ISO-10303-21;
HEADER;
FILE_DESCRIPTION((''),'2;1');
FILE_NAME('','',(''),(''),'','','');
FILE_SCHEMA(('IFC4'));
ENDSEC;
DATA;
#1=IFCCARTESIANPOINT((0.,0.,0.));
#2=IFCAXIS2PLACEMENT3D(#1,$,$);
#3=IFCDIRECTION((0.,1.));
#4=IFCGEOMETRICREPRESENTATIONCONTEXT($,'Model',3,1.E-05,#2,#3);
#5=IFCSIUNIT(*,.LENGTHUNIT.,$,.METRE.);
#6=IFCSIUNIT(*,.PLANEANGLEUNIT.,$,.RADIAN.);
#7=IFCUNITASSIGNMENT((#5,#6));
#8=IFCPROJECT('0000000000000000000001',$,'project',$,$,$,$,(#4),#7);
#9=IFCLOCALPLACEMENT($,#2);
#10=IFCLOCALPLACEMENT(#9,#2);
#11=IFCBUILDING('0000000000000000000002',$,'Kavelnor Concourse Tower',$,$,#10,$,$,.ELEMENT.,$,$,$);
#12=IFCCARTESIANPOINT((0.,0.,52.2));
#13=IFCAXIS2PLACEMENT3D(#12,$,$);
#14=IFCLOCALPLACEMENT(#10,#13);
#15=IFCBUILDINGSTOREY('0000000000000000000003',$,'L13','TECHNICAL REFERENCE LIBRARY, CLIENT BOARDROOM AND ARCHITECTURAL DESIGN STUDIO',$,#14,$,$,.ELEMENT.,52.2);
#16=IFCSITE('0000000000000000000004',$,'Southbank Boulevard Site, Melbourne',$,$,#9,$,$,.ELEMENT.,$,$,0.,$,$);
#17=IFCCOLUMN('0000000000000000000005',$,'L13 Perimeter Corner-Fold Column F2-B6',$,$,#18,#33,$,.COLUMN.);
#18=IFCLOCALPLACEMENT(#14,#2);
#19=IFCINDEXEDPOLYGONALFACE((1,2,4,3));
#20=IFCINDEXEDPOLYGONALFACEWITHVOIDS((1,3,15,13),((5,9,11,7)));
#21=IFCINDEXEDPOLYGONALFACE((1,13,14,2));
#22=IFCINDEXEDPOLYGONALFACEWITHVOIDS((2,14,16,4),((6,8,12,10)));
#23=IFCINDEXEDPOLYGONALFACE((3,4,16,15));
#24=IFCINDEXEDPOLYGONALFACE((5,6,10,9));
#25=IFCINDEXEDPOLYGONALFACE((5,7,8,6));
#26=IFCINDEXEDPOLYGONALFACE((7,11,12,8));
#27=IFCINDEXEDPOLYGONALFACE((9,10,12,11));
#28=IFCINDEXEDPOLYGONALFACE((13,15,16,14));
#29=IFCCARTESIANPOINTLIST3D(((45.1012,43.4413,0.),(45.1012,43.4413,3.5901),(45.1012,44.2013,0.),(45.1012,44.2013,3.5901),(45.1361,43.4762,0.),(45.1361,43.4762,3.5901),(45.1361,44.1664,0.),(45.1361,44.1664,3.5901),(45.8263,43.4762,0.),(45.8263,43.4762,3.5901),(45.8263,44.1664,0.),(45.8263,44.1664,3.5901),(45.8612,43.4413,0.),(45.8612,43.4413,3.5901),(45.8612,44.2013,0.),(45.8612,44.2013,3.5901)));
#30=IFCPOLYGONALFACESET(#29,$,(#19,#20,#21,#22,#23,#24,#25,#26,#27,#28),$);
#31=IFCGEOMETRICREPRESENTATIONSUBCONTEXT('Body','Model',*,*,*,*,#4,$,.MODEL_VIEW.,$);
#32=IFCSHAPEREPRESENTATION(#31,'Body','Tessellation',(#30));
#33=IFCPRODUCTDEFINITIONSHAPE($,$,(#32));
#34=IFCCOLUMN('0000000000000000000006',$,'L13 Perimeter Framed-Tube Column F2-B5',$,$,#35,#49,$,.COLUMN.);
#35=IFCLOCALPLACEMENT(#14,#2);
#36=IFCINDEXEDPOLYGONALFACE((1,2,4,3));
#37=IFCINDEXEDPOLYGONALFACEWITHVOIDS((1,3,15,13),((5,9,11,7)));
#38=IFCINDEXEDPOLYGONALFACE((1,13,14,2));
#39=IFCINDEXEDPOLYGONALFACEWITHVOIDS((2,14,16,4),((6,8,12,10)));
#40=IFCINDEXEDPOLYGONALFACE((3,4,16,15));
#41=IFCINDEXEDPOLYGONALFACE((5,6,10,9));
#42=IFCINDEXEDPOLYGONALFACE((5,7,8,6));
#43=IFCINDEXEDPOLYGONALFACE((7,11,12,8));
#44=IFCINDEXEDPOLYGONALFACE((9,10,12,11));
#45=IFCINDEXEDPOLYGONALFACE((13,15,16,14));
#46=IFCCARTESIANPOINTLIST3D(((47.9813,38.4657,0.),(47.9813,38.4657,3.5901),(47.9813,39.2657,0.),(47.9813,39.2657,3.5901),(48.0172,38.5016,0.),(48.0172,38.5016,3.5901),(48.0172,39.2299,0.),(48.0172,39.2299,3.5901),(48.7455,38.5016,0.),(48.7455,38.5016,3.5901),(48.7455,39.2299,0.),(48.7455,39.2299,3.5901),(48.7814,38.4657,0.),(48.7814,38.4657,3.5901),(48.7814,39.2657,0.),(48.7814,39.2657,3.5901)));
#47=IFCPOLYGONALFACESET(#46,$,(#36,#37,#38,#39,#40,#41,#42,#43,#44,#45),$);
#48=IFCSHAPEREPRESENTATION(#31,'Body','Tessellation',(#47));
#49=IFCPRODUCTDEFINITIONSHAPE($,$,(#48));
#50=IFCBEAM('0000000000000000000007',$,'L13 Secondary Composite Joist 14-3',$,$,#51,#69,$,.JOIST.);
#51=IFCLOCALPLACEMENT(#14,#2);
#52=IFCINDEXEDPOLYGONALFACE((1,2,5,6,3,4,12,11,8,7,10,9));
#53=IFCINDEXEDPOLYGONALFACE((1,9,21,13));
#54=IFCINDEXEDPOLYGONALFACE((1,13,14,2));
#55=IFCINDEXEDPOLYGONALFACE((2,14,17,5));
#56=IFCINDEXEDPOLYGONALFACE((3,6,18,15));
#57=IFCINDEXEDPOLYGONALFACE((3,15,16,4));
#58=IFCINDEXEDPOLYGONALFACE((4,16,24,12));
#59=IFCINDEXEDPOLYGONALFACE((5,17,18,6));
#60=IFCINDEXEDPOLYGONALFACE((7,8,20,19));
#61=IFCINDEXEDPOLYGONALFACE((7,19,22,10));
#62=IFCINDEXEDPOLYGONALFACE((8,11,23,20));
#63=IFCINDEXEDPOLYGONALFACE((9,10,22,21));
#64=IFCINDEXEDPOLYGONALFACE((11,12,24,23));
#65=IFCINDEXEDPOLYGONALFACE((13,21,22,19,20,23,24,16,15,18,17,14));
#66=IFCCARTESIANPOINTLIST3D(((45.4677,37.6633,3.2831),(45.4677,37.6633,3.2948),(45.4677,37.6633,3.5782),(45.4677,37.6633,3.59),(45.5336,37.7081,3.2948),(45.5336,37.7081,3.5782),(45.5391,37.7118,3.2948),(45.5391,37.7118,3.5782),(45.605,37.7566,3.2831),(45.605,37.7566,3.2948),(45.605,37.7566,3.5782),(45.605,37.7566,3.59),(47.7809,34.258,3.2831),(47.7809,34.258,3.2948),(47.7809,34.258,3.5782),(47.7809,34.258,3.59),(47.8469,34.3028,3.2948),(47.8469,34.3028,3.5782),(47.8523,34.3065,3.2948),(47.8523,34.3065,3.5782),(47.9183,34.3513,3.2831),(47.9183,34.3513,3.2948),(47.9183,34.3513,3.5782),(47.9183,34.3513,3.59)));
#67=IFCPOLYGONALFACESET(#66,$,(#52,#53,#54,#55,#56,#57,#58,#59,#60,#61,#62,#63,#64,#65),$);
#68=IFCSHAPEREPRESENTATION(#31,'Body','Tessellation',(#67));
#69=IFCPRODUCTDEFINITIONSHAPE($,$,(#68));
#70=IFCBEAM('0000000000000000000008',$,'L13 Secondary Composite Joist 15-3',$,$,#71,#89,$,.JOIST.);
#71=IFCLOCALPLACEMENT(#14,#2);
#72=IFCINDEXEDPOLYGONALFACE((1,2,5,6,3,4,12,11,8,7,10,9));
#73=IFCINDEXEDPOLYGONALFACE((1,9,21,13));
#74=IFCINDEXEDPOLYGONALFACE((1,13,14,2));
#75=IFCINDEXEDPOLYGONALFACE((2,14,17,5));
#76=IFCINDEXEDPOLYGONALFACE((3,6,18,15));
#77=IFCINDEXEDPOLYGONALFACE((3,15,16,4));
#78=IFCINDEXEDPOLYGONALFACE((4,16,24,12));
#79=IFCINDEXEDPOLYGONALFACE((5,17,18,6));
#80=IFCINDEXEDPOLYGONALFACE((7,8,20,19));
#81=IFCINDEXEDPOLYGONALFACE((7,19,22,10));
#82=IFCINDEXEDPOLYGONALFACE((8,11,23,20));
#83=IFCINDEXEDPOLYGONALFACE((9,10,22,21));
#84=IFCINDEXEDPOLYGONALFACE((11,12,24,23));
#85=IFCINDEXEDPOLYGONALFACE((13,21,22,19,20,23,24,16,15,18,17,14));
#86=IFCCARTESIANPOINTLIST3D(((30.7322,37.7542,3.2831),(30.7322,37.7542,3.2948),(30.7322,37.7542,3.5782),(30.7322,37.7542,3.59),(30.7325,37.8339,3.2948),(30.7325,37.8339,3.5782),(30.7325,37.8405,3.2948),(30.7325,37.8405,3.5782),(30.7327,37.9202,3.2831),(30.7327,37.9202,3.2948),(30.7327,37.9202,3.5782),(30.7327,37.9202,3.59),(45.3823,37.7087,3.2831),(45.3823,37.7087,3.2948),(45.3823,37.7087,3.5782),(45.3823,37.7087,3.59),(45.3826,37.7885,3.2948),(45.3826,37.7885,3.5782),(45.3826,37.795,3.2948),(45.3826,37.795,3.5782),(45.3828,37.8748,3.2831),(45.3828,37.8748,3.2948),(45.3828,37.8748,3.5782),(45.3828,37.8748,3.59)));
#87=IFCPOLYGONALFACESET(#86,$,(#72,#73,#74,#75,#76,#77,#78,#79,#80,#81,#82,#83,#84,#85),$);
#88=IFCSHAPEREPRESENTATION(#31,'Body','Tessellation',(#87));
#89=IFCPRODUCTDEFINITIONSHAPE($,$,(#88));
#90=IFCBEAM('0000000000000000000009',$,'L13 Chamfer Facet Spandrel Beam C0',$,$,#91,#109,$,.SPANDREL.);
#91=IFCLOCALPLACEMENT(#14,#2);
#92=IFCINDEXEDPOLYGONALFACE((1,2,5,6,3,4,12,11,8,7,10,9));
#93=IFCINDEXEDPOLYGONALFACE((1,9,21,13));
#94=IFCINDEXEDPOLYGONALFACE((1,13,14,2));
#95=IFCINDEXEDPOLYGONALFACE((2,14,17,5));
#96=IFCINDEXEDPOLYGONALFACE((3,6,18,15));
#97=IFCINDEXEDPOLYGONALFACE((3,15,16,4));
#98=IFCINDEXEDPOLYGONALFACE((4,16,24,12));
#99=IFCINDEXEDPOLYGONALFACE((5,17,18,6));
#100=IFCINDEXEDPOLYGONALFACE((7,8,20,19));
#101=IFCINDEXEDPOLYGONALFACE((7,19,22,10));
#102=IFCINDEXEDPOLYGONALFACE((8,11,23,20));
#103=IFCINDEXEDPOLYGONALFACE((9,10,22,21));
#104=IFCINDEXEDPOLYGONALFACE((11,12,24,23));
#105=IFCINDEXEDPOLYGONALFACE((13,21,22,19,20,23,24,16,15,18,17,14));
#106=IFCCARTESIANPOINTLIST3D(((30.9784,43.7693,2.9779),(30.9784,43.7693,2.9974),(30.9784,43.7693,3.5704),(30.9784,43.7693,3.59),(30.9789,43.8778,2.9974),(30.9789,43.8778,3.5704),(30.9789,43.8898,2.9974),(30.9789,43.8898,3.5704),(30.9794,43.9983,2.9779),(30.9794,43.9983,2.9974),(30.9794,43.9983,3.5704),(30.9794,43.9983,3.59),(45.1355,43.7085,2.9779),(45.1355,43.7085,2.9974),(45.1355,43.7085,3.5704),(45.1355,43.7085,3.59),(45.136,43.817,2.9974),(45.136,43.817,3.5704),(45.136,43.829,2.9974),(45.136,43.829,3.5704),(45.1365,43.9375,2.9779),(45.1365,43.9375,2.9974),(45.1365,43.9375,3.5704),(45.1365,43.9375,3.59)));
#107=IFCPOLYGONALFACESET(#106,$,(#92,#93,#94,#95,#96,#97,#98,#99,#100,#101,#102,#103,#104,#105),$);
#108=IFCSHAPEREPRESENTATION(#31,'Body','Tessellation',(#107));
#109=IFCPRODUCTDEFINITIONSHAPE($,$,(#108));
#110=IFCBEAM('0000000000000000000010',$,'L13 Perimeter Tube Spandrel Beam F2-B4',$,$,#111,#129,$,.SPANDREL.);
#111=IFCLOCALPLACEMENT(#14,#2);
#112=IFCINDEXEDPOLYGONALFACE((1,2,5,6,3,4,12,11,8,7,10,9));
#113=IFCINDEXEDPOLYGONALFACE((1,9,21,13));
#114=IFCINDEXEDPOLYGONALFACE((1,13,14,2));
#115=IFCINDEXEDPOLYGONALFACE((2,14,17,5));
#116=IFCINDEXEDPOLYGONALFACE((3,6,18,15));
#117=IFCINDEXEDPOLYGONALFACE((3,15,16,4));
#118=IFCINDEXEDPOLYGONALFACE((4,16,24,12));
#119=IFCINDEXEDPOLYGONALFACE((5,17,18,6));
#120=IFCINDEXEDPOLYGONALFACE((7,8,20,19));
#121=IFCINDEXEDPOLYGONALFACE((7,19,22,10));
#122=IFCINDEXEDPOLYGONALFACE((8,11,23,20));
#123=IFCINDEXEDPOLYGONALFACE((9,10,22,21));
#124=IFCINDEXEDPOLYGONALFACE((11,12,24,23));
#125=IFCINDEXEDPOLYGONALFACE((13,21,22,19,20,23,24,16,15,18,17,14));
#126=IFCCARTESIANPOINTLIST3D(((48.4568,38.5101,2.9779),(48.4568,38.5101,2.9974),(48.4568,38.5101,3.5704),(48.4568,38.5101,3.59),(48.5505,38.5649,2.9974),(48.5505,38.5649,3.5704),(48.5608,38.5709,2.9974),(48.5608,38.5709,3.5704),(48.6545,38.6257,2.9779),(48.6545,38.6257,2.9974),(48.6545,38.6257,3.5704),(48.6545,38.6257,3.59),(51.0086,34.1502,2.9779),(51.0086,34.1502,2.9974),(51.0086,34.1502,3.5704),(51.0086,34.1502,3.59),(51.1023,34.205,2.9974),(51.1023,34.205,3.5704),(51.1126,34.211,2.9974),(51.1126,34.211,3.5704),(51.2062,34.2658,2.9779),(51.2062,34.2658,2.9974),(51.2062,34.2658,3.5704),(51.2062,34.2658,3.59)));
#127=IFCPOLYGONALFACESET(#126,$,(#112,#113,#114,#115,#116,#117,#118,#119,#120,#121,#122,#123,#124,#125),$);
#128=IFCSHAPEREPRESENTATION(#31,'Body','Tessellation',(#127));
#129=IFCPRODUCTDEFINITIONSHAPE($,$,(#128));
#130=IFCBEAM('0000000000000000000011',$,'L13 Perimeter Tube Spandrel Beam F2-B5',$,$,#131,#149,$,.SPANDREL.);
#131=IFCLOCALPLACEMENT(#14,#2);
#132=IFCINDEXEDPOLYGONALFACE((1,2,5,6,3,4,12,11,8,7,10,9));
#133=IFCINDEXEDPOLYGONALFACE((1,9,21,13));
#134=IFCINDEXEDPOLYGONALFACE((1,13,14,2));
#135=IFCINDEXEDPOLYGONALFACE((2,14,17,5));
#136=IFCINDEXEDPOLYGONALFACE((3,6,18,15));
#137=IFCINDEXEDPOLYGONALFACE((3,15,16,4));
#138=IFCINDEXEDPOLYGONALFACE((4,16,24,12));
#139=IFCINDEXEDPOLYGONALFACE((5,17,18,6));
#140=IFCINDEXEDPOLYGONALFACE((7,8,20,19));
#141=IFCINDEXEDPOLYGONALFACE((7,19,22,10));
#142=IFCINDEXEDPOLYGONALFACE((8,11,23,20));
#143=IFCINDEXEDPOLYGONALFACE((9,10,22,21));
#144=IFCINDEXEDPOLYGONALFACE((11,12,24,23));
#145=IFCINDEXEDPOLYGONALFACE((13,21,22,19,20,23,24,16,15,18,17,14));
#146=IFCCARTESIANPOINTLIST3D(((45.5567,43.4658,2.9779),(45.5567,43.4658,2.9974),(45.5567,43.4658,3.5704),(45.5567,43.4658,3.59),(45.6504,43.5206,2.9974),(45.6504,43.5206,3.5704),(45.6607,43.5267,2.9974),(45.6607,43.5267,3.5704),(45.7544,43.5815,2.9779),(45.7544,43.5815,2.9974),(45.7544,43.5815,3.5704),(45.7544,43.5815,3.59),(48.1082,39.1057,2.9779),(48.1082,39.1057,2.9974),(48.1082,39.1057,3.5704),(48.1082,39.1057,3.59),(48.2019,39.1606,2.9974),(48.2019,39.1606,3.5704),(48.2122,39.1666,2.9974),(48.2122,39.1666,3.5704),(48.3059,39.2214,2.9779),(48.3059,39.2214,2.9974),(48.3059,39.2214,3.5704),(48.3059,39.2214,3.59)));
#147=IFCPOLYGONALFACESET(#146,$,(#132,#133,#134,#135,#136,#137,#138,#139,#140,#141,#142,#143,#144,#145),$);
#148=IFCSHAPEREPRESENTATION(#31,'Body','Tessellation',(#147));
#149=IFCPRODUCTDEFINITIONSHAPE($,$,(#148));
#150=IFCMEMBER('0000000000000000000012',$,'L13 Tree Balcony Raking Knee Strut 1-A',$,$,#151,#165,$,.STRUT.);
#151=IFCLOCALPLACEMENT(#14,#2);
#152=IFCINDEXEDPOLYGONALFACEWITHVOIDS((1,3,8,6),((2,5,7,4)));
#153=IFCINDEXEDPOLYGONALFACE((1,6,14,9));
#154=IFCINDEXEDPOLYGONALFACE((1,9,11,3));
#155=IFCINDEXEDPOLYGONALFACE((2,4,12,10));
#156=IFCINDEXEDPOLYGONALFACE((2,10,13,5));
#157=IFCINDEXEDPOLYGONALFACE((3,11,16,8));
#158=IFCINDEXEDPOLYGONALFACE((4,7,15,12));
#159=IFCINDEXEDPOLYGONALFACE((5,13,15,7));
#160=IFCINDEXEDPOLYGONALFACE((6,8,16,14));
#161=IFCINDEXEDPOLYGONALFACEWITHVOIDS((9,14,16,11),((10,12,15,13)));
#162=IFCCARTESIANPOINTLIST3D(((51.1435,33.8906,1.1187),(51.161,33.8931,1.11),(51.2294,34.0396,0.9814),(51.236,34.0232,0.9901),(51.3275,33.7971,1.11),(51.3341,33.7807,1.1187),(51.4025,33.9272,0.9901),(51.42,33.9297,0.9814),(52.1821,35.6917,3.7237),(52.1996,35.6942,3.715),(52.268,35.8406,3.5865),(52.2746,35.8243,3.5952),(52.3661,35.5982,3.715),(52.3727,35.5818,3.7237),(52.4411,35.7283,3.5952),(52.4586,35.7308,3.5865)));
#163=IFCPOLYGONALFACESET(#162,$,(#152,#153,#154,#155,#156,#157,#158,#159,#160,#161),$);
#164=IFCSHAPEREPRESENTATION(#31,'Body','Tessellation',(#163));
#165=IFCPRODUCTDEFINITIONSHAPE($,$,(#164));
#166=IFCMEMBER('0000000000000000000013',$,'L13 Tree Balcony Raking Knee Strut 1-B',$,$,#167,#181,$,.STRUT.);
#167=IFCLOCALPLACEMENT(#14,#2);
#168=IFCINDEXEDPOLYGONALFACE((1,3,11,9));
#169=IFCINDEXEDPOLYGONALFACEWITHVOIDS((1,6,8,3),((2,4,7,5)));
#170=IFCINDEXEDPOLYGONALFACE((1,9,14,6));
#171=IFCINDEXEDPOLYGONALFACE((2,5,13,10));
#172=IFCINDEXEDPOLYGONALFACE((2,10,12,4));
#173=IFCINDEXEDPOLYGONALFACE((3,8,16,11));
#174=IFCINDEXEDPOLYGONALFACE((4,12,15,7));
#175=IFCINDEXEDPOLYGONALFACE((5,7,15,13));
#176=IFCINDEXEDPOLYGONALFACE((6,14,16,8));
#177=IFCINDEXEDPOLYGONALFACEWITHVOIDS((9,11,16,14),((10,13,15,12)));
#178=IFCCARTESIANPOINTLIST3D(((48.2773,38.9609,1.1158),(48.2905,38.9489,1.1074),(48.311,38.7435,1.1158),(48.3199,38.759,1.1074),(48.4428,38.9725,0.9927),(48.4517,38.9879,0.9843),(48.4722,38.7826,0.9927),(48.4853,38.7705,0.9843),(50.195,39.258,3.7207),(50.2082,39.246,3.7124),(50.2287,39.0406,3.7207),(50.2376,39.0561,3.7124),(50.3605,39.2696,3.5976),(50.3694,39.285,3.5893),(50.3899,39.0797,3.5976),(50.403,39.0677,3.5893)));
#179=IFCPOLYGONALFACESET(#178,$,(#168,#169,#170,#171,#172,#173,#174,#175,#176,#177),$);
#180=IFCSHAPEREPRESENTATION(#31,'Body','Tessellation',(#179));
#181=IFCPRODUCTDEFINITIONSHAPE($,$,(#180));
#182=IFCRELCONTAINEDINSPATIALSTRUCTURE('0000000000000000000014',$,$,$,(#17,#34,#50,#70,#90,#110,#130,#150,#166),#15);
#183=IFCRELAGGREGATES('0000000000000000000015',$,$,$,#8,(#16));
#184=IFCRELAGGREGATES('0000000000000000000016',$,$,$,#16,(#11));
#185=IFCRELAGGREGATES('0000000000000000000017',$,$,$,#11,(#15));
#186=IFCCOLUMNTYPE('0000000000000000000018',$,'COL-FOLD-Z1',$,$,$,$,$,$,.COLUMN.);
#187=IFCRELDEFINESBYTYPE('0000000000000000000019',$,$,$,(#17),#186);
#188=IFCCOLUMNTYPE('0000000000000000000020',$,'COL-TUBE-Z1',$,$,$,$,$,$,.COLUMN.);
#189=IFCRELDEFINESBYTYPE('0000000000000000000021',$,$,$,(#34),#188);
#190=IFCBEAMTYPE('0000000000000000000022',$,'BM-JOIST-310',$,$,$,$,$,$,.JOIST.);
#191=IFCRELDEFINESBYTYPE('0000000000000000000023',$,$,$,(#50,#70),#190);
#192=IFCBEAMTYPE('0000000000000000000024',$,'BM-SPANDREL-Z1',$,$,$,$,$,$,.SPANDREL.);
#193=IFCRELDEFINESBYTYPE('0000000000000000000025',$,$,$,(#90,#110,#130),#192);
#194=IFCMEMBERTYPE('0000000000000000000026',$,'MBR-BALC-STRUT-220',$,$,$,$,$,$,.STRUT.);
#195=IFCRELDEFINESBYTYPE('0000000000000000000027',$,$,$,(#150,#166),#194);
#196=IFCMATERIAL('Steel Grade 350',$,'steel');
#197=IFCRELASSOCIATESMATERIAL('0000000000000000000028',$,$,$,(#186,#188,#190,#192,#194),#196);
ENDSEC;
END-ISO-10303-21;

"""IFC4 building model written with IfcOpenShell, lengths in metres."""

from ifc_helpers import new_model, si_unit, direction, frame, origin, origin_2d, place, context, subcontext, project, spatial, hollow_rectangle, i_section, extrude, material, material_profile, profile_set, type_object, element, save


model = new_model("IFC4")

# Units and contexts
model_context = context("Model", 3, precision=1e-05, world=origin(), true_north=direction((0.0, 1.0)))
body_context = subcontext(model_context, "Body", "Model", "MODEL_VIEW")
ifc_project = project(units=[si_unit("LENGTHUNIT", "METRE"), si_unit("PLANEANGLEUNIT", "RADIAN")], contexts=[model_context])

# Site, building, storey
site_placement = place(None, origin())
site = spatial("IfcSite", under=ifc_project, at=site_placement, Name="Southbank Boulevard Site, Melbourne", CompositionType="ELEMENT", RefElevation=0.0)
building_placement = place(site_placement, origin())
building = spatial("IfcBuilding", under=site, at=building_placement, Name="Kavelnor Concourse Tower", CompositionType="ELEMENT")
storey_placement = place(building_placement, frame((0.0, 0.0, 52.2)))
storey = spatial("IfcBuildingStorey", under=building, at=storey_placement, Name="L13", Description="TECHNICAL REFERENCE LIBRARY, CLIENT BOARDROOM AND ARCHITECTURAL DESIGN STUDIO", CompositionType="ELEMENT", Elevation=52.2)

# Columns
ifc_material_1 = material(Name="Steel Grade 350", Category="steel")
ifc_material_profile_1 = material_profile(ifc_material_1, hollow_rectangle(XDim=0.76, YDim=0.76, WallThickness=0.0349, at=origin_2d()), Name="SHS 760x760x35")
ifc_profile_set_1 = profile_set([ifc_material_profile_1], Name="Steel Grade 350")
column_type_1 = type_object("IfcColumnType", Name="COL-FOLD-Z1", PredefinedType="COLUMN", material=ifc_profile_set_1)
column_1_placement = place(storey_placement, frame((45.4812, 43.8213, 0.0), z_axis=(0.0, 0.0, 1.0), x_axis=(1.0, 0.0, 0.0)))
element("IfcColumn", 1, at=column_1_placement, inside=storey, type_object=column_type_1, Name="L13 Perimeter Corner-Fold Column F2-B6", PredefinedType="COLUMN", context=body_context, shape_type="SweptSolid", body=[
    extrude(hollow_rectangle(XDim=0.76, YDim=0.76, WallThickness=0.0349, at=origin_2d()), origin(), (0.0, 0.0, 1.0), 3.5901),
])
ifc_material_profile_2 = material_profile(ifc_material_1, hollow_rectangle(XDim=0.8, YDim=0.8, WallThickness=0.0359, at=origin_2d()), Name="SHS 800x800x36")
ifc_profile_set_2 = profile_set([ifc_material_profile_2], Name="Steel Grade 350")
column_type_2 = type_object("IfcColumnType", Name="COL-TUBE-Z1", PredefinedType="COLUMN", material=ifc_profile_set_2)
column_2_placement = place(storey_placement, frame((48.3813, 38.8657, 0.0), z_axis=(0.0, 0.0, 1.0), x_axis=(1.0, 0.0, 0.0)))
element("IfcColumn", 2, at=column_2_placement, inside=storey, type_object=column_type_2, Name="L13 Perimeter Framed-Tube Column F2-B5", PredefinedType="COLUMN", context=body_context, shape_type="SweptSolid", body=[
    extrude(hollow_rectangle(XDim=0.8, YDim=0.8, WallThickness=0.0359, at=origin_2d()), origin(), (0.0, 0.0, 1.0), 3.5901),
])

# Beams
ifc_material_profile_3 = material_profile(ifc_material_1, i_section(OverallWidth=0.166, OverallDepth=0.3069, WebThickness=0.0066, FlangeThickness=0.0117, at=origin_2d()), Name="310UB46")
ifc_profile_set_3 = profile_set([ifc_material_profile_3], Name="Steel Grade 350")
beam_type_1 = type_object("IfcBeamType", Name="BM-JOIST-310", PredefinedType="JOIST", material=ifc_profile_set_3)
beam_1_placement = place(storey_placement, frame((47.8496, 34.3047, 3.4365), z_axis=(-0.561919, 0.827192, 0.0), x_axis=(-0.827192, -0.561919, 0.0)))
element("IfcBeam", 3, at=beam_1_placement, inside=storey, type_object=beam_type_1, Name="L13 Secondary Composite Joist 14-3", PredefinedType="JOIST", context=body_context, shape_type="SweptSolid", body=[
    extrude(i_section(OverallWidth=0.166, OverallDepth=0.3069, WebThickness=0.0066, FlangeThickness=0.0117, at=origin_2d()), origin(), (0.0, 0.0, 1.0), 4.1167),
])
beam_2_placement = place(storey_placement, frame((45.3826, 37.7917, 3.4365), z_axis=(-0.999995, 0.0031, 0.0), x_axis=(-0.0031, -0.999995, 0.0)))
element("IfcBeam", 4, at=beam_2_placement, inside=storey, type_object=beam_type_1, Name="L13 Secondary Composite Joist 15-3", PredefinedType="JOIST", context=body_context, shape_type="SweptSolid", body=[
    extrude(i_section(OverallWidth=0.166, OverallDepth=0.3069, WebThickness=0.0066, FlangeThickness=0.0117, at=origin_2d()), origin(), (0.0, 0.0, 1.0), 14.6501),
])
ifc_material_profile_4 = material_profile(ifc_material_1, i_section(OverallWidth=0.229, OverallDepth=0.6121, WebThickness=0.012, FlangeThickness=0.0195, at=origin_2d()), Name="610UB125")
ifc_profile_set_4 = profile_set([ifc_material_profile_4], Name="Steel Grade 350")
beam_type_2 = type_object("IfcBeamType", Name="BM-SPANDREL-Z1", PredefinedType="SPANDREL", material=ifc_profile_set_4)
beam_3_placement = place(storey_placement, frame((45.136, 43.823, 3.2839), z_axis=(-0.999991, 0.004294, 0.0), x_axis=(-0.004294, -0.999991, 0.0)))
element("IfcBeam", 5, at=beam_3_placement, inside=storey, type_object=beam_type_2, Name="L13 Chamfer Facet Spandrel Beam C0", PredefinedType="SPANDREL", context=body_context, shape_type="SweptSolid", body=[
    extrude(i_section(OverallWidth=0.229, OverallDepth=0.6121, WebThickness=0.012, FlangeThickness=0.0195, at=origin_2d()), origin(), (0.0, 0.0, 1.0), 14.1572),
])
for number, where, z_axis, x_axis, name in (
    (6, (51.1074, 34.208, 3.2839), (-0.505127, 0.863045, 0.0), (-0.863045, -0.505127, 0.0), "L13 Perimeter Tube Spandrel Beam F2-B4"),
    (7, (48.207, 39.1636, 3.2839), (-0.505069, 0.863079, 0.0), (-0.863079, -0.505069, 0.0), "L13 Perimeter Tube Spandrel Beam F2-B5"),
):
    element("IfcBeam", number, at=place(storey_placement, frame(where, z_axis=z_axis, x_axis=x_axis)), inside=storey, type_object=beam_type_2, Name=name, PredefinedType="SPANDREL", context=body_context, shape_type="SweptSolid", body=[
        extrude(i_section(OverallWidth=0.229, OverallDepth=0.6121, WebThickness=0.012, FlangeThickness=0.0195, at=origin_2d()), origin(), (0.0, 0.0, 1.0), 5.0518),
    ])

# Members
ifc_material_profile_5 = material_profile(ifc_material_1, hollow_rectangle(XDim=0.22, YDim=0.22, WallThickness=0.0139, at=origin_2d()), Name="SHS 220x220x14")
ifc_profile_set_5 = profile_set([ifc_material_profile_5], Name="Steel Grade 350")
member_type = type_object("IfcMemberType", Name="MBR-BALC-STRUT-220", PredefinedType="STRUT", material=ifc_profile_set_5)
member_1_placement = place(storey_placement, frame((51.2817, 33.9102, 1.05), z_axis=(0.311612, 0.540377, 0.781595), x_axis=(-0.866285, 0.49955, 0.0)))
element("IfcMember", 8, at=member_1_placement, inside=storey, type_object=member_type, Name="L13 Tree Balcony Raking Knee Strut 1-A", PredefinedType="STRUT", context=body_context, shape_type="SweptSolid", body=[
    extrude(hollow_rectangle(XDim=0.22, YDim=0.22, WallThickness=0.0139, at=origin_2d()), origin(), (0.0, 0.0, 1.0), 3.333),
])
member_2_placement = place(storey_placement, frame((48.3813, 38.8657, 1.05), z_axis=(0.590366, 0.091467, 0.801936), x_axis=(-0.153106, 0.98821, 0.0)))
element("IfcMember", 9, at=member_2_placement, inside=storey, type_object=member_type, Name="L13 Tree Balcony Raking Knee Strut 1-B", PredefinedType="STRUT", context=body_context, shape_type="SweptSolid", body=[
    extrude(hollow_rectangle(XDim=0.22, YDim=0.22, WallThickness=0.0139, at=origin_2d()), origin(), (0.0, 0.0, 1.0), 3.2483),
])

save(model, "model.ifc")
